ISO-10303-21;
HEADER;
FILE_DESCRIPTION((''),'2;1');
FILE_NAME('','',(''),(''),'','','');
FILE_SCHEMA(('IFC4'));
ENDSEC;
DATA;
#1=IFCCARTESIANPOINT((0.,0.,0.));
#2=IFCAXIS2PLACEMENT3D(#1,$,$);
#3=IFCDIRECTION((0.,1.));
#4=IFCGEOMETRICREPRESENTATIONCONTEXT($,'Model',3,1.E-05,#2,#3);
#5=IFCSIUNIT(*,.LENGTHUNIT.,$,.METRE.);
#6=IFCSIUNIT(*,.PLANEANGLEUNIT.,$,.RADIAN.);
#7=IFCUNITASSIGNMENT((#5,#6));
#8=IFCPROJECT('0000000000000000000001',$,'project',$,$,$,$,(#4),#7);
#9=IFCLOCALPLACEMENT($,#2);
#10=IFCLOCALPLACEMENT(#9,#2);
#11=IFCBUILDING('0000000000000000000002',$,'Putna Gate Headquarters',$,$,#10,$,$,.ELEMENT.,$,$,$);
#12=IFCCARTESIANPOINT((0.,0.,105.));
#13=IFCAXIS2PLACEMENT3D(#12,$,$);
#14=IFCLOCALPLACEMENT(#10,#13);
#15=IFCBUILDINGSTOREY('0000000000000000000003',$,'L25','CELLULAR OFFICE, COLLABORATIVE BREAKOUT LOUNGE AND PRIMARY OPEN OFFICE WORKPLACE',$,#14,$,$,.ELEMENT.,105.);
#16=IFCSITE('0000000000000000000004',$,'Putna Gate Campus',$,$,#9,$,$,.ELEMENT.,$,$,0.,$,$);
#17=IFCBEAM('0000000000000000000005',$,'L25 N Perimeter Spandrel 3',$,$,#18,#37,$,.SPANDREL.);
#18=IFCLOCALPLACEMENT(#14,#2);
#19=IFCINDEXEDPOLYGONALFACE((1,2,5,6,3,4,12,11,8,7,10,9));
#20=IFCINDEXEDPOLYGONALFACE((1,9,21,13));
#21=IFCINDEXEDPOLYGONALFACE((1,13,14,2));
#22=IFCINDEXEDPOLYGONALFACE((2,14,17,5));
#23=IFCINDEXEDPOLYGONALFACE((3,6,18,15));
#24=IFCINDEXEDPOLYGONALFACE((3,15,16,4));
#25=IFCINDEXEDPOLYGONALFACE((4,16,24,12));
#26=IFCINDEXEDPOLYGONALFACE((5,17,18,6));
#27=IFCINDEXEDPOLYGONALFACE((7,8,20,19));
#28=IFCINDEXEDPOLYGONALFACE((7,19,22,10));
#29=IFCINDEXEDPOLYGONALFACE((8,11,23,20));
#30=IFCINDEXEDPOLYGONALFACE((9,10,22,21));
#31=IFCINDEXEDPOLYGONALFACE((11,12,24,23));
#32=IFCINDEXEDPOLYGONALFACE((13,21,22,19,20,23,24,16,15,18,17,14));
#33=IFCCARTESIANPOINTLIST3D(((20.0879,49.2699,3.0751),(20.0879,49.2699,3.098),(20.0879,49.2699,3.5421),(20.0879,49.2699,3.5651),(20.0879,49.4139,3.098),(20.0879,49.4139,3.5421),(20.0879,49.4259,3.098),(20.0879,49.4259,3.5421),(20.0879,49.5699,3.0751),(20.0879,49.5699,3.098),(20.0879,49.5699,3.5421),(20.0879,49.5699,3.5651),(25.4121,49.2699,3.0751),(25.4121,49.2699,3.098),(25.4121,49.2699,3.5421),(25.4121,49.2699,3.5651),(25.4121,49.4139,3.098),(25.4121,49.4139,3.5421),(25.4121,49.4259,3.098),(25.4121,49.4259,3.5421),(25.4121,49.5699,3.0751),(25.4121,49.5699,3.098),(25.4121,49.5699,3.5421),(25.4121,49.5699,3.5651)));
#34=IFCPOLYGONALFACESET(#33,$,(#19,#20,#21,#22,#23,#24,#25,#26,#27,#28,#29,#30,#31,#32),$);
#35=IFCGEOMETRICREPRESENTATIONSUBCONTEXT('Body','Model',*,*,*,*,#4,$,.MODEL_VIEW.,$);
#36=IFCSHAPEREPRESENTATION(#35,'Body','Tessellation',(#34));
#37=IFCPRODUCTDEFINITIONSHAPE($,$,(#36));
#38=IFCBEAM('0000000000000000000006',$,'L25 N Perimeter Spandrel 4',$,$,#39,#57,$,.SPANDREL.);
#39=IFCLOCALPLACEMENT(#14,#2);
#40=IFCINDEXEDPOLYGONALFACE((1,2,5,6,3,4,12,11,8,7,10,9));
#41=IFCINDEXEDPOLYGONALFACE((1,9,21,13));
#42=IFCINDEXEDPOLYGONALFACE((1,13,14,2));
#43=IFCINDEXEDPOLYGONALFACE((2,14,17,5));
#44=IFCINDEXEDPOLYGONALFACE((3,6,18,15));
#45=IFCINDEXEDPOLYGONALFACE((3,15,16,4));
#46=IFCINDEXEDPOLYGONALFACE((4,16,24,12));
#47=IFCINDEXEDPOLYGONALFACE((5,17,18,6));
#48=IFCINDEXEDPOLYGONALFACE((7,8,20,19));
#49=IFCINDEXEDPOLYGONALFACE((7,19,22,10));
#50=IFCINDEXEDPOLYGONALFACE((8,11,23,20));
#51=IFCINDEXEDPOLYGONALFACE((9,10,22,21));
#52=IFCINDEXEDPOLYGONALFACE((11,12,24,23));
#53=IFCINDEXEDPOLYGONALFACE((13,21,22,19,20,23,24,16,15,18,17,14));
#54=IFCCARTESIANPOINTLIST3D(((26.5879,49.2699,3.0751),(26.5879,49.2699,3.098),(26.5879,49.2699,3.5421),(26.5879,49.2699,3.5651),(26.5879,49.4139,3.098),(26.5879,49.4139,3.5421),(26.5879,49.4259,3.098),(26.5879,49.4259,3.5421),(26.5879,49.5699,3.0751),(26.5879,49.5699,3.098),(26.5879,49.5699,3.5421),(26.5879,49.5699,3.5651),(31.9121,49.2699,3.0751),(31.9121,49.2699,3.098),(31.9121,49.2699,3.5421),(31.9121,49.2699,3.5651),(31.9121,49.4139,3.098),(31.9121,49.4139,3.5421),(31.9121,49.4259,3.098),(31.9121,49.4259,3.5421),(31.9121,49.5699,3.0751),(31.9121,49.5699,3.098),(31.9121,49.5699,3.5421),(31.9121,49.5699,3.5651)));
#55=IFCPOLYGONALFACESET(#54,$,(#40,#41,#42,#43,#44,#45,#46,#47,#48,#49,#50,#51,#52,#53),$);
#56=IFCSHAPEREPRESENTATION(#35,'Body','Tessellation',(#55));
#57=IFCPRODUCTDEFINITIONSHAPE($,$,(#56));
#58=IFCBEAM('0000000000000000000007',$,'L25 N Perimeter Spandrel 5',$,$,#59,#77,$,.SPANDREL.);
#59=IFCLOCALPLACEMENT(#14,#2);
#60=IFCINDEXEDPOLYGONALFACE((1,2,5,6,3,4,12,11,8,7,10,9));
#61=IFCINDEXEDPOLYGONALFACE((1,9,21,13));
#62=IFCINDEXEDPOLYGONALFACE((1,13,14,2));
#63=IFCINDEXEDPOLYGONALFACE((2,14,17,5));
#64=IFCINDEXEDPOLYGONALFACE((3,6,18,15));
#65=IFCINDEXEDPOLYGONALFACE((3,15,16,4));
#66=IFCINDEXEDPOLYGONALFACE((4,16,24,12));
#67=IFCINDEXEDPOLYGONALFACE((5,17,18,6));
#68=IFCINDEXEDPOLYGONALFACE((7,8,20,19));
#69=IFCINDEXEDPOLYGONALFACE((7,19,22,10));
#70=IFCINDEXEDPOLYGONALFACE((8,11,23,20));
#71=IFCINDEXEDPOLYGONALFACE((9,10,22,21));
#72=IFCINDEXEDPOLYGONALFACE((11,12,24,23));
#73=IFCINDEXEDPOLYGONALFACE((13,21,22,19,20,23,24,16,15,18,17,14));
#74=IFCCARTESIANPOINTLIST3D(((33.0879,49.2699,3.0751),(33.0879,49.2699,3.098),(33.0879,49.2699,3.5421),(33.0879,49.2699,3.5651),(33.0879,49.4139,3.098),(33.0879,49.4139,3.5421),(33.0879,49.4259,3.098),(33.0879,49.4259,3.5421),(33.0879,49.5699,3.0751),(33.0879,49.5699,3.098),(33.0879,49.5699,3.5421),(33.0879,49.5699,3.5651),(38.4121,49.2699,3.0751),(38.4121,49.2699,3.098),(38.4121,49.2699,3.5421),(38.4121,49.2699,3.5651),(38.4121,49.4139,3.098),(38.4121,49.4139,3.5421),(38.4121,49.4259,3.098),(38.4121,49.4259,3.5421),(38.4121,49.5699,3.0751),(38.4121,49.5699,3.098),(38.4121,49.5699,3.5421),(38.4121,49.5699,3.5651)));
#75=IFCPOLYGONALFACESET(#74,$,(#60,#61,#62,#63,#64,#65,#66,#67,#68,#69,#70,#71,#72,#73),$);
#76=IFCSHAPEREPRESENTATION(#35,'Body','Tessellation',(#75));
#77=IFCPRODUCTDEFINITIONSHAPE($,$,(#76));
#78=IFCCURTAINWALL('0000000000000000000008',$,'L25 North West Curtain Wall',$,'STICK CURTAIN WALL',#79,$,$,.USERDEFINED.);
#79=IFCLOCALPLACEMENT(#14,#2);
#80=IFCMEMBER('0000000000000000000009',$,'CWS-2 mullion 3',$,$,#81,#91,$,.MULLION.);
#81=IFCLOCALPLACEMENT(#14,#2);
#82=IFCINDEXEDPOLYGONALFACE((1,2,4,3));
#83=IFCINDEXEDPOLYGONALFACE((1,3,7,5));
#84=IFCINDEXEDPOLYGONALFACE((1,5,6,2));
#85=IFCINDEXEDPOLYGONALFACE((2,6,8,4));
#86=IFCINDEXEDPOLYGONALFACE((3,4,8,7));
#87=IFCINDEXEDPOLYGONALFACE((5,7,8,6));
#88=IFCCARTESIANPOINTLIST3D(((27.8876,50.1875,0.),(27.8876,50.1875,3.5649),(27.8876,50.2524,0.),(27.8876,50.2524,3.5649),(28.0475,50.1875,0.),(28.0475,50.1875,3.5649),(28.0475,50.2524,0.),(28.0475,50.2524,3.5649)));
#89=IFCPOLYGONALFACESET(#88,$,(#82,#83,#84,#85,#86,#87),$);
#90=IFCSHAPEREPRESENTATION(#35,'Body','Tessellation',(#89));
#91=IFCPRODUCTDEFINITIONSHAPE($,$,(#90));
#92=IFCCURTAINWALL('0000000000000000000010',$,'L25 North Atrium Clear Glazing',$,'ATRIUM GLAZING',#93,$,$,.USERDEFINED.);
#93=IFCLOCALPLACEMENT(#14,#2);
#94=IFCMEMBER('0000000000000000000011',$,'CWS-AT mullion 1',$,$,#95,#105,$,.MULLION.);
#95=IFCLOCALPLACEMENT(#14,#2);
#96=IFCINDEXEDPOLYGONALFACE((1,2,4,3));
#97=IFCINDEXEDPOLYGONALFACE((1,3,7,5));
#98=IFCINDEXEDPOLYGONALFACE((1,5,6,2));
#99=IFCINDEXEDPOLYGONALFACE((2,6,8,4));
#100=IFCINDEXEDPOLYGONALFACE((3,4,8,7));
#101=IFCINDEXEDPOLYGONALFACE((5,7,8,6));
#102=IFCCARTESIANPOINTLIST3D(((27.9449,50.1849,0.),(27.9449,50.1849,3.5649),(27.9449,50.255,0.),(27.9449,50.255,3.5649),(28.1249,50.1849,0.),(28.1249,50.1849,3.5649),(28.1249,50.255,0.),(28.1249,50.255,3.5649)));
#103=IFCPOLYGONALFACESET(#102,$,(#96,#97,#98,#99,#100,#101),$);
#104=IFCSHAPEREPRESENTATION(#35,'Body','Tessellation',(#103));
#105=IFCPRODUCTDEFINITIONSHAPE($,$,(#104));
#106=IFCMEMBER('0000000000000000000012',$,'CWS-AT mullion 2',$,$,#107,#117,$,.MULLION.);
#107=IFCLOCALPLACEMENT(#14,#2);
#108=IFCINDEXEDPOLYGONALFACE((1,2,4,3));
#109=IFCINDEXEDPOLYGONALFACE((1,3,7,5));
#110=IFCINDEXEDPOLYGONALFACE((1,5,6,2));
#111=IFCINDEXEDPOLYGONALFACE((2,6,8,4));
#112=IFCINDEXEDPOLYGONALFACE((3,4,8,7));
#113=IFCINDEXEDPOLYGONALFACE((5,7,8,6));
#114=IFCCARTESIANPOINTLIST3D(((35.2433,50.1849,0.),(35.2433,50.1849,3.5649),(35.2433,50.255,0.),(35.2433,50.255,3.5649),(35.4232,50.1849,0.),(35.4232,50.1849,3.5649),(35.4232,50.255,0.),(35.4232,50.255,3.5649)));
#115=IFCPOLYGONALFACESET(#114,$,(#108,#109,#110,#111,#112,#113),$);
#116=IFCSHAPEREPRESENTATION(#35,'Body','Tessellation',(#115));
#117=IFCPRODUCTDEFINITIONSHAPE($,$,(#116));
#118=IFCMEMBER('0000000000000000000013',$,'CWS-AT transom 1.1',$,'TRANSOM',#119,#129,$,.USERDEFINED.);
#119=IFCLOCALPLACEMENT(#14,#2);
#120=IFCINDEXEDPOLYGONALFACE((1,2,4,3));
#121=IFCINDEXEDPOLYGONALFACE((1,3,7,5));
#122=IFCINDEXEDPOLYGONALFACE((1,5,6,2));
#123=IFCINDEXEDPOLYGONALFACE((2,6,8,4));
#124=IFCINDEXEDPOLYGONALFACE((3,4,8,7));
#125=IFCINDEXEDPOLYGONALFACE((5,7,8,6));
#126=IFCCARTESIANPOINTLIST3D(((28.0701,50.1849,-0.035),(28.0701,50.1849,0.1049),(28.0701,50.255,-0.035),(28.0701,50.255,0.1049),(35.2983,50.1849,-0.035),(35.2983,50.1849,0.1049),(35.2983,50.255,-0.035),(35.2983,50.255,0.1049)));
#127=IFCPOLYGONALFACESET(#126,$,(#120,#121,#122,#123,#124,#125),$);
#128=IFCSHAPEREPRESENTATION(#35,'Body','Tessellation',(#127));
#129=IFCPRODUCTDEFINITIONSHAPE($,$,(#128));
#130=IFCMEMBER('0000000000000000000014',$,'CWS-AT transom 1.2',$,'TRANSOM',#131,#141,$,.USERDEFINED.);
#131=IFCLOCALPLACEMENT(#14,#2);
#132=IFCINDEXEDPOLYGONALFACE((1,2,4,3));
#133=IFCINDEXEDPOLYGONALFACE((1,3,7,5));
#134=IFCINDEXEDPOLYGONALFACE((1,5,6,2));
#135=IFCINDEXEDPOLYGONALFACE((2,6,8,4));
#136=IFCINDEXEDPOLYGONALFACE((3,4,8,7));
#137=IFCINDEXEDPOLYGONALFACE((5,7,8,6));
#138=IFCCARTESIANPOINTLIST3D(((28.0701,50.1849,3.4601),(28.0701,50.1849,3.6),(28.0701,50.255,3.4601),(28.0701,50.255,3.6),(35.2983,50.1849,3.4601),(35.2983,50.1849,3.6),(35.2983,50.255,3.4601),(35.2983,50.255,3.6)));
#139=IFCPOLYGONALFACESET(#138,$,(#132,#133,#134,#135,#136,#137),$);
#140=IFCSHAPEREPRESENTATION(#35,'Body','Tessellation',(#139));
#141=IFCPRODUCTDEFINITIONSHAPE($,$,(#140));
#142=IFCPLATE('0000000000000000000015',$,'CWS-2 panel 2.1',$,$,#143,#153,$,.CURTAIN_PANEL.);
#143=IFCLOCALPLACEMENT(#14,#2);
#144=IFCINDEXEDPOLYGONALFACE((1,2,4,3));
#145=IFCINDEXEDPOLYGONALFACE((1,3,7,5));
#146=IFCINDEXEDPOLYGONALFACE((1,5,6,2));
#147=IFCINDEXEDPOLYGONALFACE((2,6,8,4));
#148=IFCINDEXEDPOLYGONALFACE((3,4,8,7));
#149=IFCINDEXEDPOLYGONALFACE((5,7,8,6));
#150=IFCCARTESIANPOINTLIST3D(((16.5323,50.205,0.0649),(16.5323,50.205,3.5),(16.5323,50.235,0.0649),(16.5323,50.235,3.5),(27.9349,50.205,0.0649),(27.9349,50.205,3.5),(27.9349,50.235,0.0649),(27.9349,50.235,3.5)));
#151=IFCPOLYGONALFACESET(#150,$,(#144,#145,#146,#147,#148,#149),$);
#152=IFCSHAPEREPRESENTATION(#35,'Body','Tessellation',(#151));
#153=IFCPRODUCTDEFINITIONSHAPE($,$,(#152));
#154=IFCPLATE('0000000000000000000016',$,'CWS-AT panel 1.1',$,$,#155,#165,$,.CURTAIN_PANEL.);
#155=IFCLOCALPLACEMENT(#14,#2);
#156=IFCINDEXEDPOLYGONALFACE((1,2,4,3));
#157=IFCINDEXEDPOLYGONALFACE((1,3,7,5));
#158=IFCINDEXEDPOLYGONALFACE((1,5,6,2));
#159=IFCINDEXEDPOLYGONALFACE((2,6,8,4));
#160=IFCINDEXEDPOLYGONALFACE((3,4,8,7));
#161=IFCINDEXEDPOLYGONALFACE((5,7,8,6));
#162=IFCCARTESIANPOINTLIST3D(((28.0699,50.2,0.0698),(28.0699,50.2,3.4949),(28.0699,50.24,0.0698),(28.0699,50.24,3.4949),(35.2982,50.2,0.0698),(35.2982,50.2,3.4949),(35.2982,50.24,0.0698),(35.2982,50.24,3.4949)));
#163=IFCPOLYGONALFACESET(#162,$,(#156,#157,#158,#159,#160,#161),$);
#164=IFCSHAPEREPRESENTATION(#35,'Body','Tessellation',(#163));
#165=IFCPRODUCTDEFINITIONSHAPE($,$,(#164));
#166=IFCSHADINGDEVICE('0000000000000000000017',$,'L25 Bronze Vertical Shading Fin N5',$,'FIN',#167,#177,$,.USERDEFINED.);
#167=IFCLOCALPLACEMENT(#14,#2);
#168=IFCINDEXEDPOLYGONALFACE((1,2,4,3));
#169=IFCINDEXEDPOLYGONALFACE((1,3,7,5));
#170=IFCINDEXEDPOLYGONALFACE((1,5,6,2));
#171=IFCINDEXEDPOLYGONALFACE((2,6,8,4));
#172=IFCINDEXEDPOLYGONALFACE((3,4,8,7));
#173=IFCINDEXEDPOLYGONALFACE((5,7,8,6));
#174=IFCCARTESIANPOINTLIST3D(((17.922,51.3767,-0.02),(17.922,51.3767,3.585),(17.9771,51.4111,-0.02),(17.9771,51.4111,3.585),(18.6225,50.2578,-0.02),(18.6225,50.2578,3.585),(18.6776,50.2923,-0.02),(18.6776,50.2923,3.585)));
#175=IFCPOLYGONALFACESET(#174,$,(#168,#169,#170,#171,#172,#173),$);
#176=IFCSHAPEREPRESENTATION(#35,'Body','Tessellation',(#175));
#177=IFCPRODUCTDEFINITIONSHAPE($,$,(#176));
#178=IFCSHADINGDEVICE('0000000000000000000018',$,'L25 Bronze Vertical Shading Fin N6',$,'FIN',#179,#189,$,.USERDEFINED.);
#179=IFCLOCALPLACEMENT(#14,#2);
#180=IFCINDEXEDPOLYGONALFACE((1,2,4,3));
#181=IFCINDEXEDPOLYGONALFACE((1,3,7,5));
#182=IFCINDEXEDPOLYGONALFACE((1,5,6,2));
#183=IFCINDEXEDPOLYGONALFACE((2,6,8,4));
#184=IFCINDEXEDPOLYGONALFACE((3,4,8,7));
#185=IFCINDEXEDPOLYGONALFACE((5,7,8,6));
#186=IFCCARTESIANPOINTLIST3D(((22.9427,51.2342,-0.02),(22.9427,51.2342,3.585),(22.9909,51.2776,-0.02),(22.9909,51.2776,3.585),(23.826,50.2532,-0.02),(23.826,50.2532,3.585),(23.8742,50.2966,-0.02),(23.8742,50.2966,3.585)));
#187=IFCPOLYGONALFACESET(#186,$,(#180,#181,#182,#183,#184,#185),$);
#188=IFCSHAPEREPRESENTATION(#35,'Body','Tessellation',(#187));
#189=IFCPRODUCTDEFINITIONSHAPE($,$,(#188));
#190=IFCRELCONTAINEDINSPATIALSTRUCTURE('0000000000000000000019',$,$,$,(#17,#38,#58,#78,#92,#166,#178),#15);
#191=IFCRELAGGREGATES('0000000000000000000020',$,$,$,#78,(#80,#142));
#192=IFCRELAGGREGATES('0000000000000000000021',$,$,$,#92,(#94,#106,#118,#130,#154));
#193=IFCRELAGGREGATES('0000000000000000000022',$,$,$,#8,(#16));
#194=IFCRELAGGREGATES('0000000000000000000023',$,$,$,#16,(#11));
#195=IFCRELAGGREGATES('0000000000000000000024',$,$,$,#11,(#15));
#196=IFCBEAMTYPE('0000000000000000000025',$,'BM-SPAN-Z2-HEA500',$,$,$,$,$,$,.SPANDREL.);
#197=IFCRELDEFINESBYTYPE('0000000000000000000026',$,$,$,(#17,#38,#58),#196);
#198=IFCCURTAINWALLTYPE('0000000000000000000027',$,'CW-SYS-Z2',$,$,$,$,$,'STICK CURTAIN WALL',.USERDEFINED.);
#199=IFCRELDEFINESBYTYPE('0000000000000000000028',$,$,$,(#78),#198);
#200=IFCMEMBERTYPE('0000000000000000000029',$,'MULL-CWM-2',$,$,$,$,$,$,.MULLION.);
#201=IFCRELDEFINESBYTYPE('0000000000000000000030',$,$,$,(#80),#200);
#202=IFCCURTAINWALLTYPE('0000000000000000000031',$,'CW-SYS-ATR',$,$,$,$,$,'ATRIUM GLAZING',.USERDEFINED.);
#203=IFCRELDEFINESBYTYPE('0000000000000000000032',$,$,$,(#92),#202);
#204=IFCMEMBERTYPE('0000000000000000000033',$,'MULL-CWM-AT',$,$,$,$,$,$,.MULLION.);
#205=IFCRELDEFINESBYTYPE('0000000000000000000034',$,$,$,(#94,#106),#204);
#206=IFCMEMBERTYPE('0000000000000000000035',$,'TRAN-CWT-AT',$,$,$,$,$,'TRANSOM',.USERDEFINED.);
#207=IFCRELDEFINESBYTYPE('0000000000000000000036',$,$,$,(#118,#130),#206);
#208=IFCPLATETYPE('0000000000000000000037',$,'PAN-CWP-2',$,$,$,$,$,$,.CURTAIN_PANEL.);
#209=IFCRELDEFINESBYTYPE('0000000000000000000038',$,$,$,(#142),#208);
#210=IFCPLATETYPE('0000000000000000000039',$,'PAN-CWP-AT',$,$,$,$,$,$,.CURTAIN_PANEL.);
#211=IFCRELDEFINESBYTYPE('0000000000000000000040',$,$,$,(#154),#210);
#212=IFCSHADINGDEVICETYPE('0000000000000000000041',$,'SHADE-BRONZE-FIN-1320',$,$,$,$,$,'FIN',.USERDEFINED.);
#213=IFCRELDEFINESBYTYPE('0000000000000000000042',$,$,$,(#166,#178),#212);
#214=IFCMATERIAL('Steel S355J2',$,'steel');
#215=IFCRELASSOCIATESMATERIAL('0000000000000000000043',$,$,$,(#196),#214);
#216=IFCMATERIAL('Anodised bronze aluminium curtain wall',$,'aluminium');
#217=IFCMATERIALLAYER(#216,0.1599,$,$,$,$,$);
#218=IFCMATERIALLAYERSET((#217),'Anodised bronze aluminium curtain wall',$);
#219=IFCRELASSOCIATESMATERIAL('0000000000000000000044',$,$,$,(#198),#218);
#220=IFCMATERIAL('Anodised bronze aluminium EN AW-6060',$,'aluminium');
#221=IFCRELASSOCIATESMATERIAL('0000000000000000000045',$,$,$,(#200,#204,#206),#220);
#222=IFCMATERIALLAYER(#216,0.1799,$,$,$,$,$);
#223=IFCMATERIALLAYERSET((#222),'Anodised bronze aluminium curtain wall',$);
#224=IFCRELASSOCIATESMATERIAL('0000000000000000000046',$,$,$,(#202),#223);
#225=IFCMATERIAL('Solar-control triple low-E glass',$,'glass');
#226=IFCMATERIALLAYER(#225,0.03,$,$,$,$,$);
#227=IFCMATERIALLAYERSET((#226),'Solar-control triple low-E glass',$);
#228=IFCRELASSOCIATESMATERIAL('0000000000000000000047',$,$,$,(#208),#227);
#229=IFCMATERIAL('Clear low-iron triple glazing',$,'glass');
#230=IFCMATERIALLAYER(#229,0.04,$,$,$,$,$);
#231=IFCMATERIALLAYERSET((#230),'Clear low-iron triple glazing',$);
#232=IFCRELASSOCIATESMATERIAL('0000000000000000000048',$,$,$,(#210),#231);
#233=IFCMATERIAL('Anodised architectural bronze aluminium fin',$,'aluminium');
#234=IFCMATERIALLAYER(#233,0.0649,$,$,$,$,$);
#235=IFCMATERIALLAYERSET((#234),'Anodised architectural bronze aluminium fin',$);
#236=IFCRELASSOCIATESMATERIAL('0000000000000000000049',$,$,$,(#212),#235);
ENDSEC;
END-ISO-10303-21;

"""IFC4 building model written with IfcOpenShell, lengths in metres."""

from ifc_helpers import new_model, si_unit, direction, frame, origin, origin_2d, place, context, subcontext, project, spatial, rectangle, i_section, extrude, material, layer, layer_set, material_profile, profile_set, type_object, element, aggregate, save


model = new_model("IFC4")

# Units and contexts
model_context = context("Model", 3, precision=1e-05, world=origin(), true_north=direction((0.0, 1.0)))
body_context = subcontext(model_context, "Body", "Model", "MODEL_VIEW")
ifc_project = project(units=[si_unit("LENGTHUNIT", "METRE"), si_unit("PLANEANGLEUNIT", "RADIAN")], contexts=[model_context])

# Site, building, storey
site_placement = place(None, origin())
site = spatial("IfcSite", under=ifc_project, at=site_placement, Name="Putna Gate Campus", CompositionType="ELEMENT", RefElevation=0.0)
building_placement = place(site_placement, origin())
building = spatial("IfcBuilding", under=site, at=building_placement, Name="Putna Gate Headquarters", CompositionType="ELEMENT")
storey_placement = place(building_placement, frame((0.0, 0.0, 105.0)))
storey = spatial("IfcBuildingStorey", under=building, at=storey_placement, Name="L25", Description="CELLULAR OFFICE, COLLABORATIVE BREAKOUT LOUNGE AND PRIMARY OPEN OFFICE WORKPLACE", CompositionType="ELEMENT", Elevation=105.0)

# Beams
ifc_material_1 = material(Name="Steel S355J2", Category="steel")
ifc_material_profile_1 = material_profile(ifc_material_1, i_section(OverallWidth=0.3, OverallDepth=0.49, WebThickness=0.012, FlangeThickness=0.0229, at=origin_2d()), Name="Steel S355J2")
ifc_profile_set_1 = profile_set([ifc_material_profile_1], Name="Steel S355J2")
beam_type_1 = type_object("IfcBeamType", Name="BM-SPAN-Z2-HEA500", PredefinedType="SPANDREL", material=ifc_profile_set_1)
for number, where, z_axis, x_axis, name in (
    (1, (20.0879, 49.4199, 3.3201), (1.0, 0.0, 0.0), (0.0, 1.0, 0.0), "L25 N Perimeter Spandrel 3"),
    (2, (26.5879, 49.4199, 3.3201), (1.0, 0.0, 0.0), (0.0, 1.0, 0.0), "L25 N Perimeter Spandrel 4"),
    (3, (33.0879, 49.4199, 3.3201), (1.0, 0.0, 0.0), (0.0, 1.0, 0.0), "L25 N Perimeter Spandrel 5"),
):
    element("IfcBeam", number, at=place(storey_placement, frame(where, z_axis=z_axis, x_axis=x_axis)), inside=storey, type_object=beam_type_1, Name=name, PredefinedType="SPANDREL", context=body_context, shape_type="SweptSolid", body=[
        extrude(i_section(OverallWidth=0.3, OverallDepth=0.49, WebThickness=0.012, FlangeThickness=0.0229, at=origin_2d()), origin(), (0.0, 0.0, 1.0), 5.3242),
    ])

# Curtain wall, member
ifc_material_2 = material(Name="Anodised bronze aluminium curtain wall", Category="aluminium")
ifc_layer_1 = layer(ifc_material_2, 0.1599)
ifc_layer_set_1 = layer_set([ifc_layer_1], Name="Anodised bronze aluminium curtain wall")
curtain_wall_type_1 = type_object("IfcCurtainWallType", Name="CW-SYS-Z2", ElementType="STICK CURTAIN WALL", PredefinedType="USERDEFINED", material=ifc_layer_set_1)
curtain_wall_1_placement = place(storey_placement, origin())
curtain_wall_1 = element("IfcCurtainWall", 4, at=curtain_wall_1_placement, inside=storey, type_object=curtain_wall_type_1, Name="L25 North West Curtain Wall", ObjectType="STICK CURTAIN WALL", PredefinedType="USERDEFINED")
ifc_material_3 = material(Name="Anodised bronze aluminium EN AW-6060", Category="aluminium")
ifc_material_profile_2 = material_profile(ifc_material_3, rectangle(XDim=0.0649, YDim=0.1599, at=origin_2d()), Name="Anodised bronze aluminium EN AW-6060")
ifc_profile_set_2 = profile_set([ifc_material_profile_2], Name="Anodised bronze aluminium EN AW-6060")
member_type_1 = type_object("IfcMemberType", Name="MULL-CWM-2", PredefinedType="MULLION", material=ifc_profile_set_2)
member_1_placement = place(storey_placement, frame((27.9675, 50.22, 0.0), z_axis=(0.0, 0.0, 1.0), x_axis=(0.0, 1.0, 0.0)))
member_1 = element("IfcMember", 5, at=member_1_placement, type_object=member_type_1, Name="CWS-2 mullion 3", PredefinedType="MULLION", context=body_context, shape_type="SweptSolid", body=[
    extrude(rectangle(XDim=0.0649, YDim=0.1599, at=origin_2d()), origin(), (0.0, 0.0, 1.0), 3.5649),
])

# Curtain wall, members
ifc_layer_2 = layer(ifc_material_2, 0.1799)
ifc_layer_set_2 = layer_set([ifc_layer_2], Name="Anodised bronze aluminium curtain wall")
curtain_wall_type_2 = type_object("IfcCurtainWallType", Name="CW-SYS-ATR", ElementType="ATRIUM GLAZING", PredefinedType="USERDEFINED", material=ifc_layer_set_2)
curtain_wall_2_placement = place(storey_placement, origin())
curtain_wall_2 = element("IfcCurtainWall", 6, at=curtain_wall_2_placement, inside=storey, type_object=curtain_wall_type_2, Name="L25 North Atrium Clear Glazing", ObjectType="ATRIUM GLAZING", PredefinedType="USERDEFINED")
ifc_material_profile_3 = material_profile(ifc_material_3, rectangle(XDim=0.0701, YDim=0.1799, at=origin_2d()), Name="Anodised bronze aluminium EN AW-6060")
ifc_profile_set_3 = profile_set([ifc_material_profile_3], Name="Anodised bronze aluminium EN AW-6060")
member_type_2 = type_object("IfcMemberType", Name="MULL-CWM-AT", PredefinedType="MULLION", material=ifc_profile_set_3)
member_2_placement = place(storey_placement, frame((28.0349, 50.22, 0.0), z_axis=(0.0, 0.0, 1.0), x_axis=(0.0, 1.0, 0.0)))
member_2 = element("IfcMember", 7, at=member_2_placement, type_object=member_type_2, Name="CWS-AT mullion 1", PredefinedType="MULLION", context=body_context, shape_type="SweptSolid", body=[
    extrude(rectangle(XDim=0.0701, YDim=0.1799, at=origin_2d()), origin(), (0.0, 0.0, 1.0), 3.5649),
])
member_3_placement = place(storey_placement, frame((35.3333, 50.22, 0.0), z_axis=(0.0, 0.0, 1.0), x_axis=(0.0, 1.0, 0.0)))
member_3 = element("IfcMember", 8, at=member_3_placement, type_object=member_type_2, Name="CWS-AT mullion 2", PredefinedType="MULLION", context=body_context, shape_type="SweptSolid", body=[
    extrude(rectangle(XDim=0.0701, YDim=0.1799, at=origin_2d()), origin(), (0.0, 0.0, 1.0), 3.5649),
])
ifc_material_profile_4 = material_profile(ifc_material_3, rectangle(XDim=0.0701, YDim=0.1399, at=origin_2d()), Name="Anodised bronze aluminium EN AW-6060")
ifc_profile_set_4 = profile_set([ifc_material_profile_4], Name="Anodised bronze aluminium EN AW-6060")
member_type_3 = type_object("IfcMemberType", Name="TRAN-CWT-AT", ElementType="TRANSOM", PredefinedType="USERDEFINED", material=ifc_profile_set_4)
member_4_placement = place(storey_placement, frame((28.0701, 50.22, 0.0349), z_axis=(1.0, 0.0, 0.0), x_axis=(0.0, 1.0, 0.0)))
member_4 = element("IfcMember", 9, at=member_4_placement, type_object=member_type_3, Name="CWS-AT transom 1.1", ObjectType="TRANSOM", PredefinedType="USERDEFINED", context=body_context, shape_type="SweptSolid", body=[
    extrude(rectangle(XDim=0.0701, YDim=0.1399, at=origin_2d()), origin(), (0.0, 0.0, 1.0), 7.2283),
])
member_5_placement = place(storey_placement, frame((28.0701, 50.22, 3.53), z_axis=(1.0, 0.0, 0.0), x_axis=(0.0, 1.0, 0.0)))
member_5 = element("IfcMember", 10, at=member_5_placement, type_object=member_type_3, Name="CWS-AT transom 1.2", ObjectType="TRANSOM", PredefinedType="USERDEFINED", context=body_context, shape_type="SweptSolid", body=[
    extrude(rectangle(XDim=0.0701, YDim=0.1399, at=origin_2d()), origin(), (0.0, 0.0, 1.0), 7.2283),
])

# Plates
ifc_material_4 = material(Name="Solar-control triple low-E glass", Category="glass")
ifc_layer_3 = layer(ifc_material_4, 0.03)
ifc_layer_set_3 = layer_set([ifc_layer_3], Name="Solar-control triple low-E glass")
plate_type_1 = type_object("IfcPlateType", Name="PAN-CWP-2", PredefinedType="CURTAIN_PANEL", material=ifc_layer_set_3)
plate_1_placement = place(storey_placement, frame((22.2336, 50.22, 0.0649), z_axis=(0.0, 0.0, 1.0), x_axis=(1.0, 0.0, 0.0)))
plate_1 = element("IfcPlate", 11, at=plate_1_placement, type_object=plate_type_1, Name="CWS-2 panel 2.1", PredefinedType="CURTAIN_PANEL", context=body_context, shape_type="SweptSolid", body=[
    extrude(rectangle(XDim=11.4026, YDim=0.03, at=origin_2d()), origin(), (0.0, 0.0, 1.0), 3.4351),
])
aggregate(curtain_wall_1, [member_1, plate_1])
ifc_material_5 = material(Name="Clear low-iron triple glazing", Category="glass")
ifc_layer_4 = layer(ifc_material_5, 0.04)
ifc_layer_set_4 = layer_set([ifc_layer_4], Name="Clear low-iron triple glazing")
plate_type_2 = type_object("IfcPlateType", Name="PAN-CWP-AT", PredefinedType="CURTAIN_PANEL", material=ifc_layer_set_4)
plate_2_placement = place(storey_placement, frame((31.6841, 50.22, 0.0698), z_axis=(0.0, 0.0, 1.0), x_axis=(1.0, 0.0, 0.0)))
plate_2 = element("IfcPlate", 12, at=plate_2_placement, type_object=plate_type_2, Name="CWS-AT panel 1.1", PredefinedType="CURTAIN_PANEL", context=body_context, shape_type="SweptSolid", body=[
    extrude(rectangle(XDim=7.2283, YDim=0.04, at=origin_2d()), origin(), (0.0, 0.0, 1.0), 3.425),
])
aggregate(curtain_wall_2, [member_2, member_3, member_4, member_5, plate_2])

# Shading devices
ifc_material_6 = material(Name="Anodised architectural bronze aluminium fin", Category="aluminium")
ifc_layer_5 = layer(ifc_material_6, 0.0649)
ifc_layer_set_5 = layer_set([ifc_layer_5], Name="Anodised architectural bronze aluminium fin")
shading_device_type = type_object("IfcShadingDeviceType", Name="SHADE-BRONZE-FIN-1320", ElementType="FIN", PredefinedType="USERDEFINED", material=ifc_layer_set_5)
for number, where, z_axis, x_axis, name in (
    (13, (18.2998, 50.8345, -0.02), (0.0, 0.0, 1.0), (-0.530659, 0.847585, 0.0), "L25 Bronze Vertical Shading Fin N5"),
    (14, (23.4084, 50.7654, -0.02), (0.0, 0.0, 1.0), (-0.669131, 0.743145, 0.0), "L25 Bronze Vertical Shading Fin N6"),
):
    element("IfcShadingDevice", number, at=place(storey_placement, frame(where, z_axis=z_axis, x_axis=x_axis)), inside=storey, type_object=shading_device_type, Name=name, ObjectType="FIN", PredefinedType="USERDEFINED", context=body_context, shape_type="SweptSolid", body=[
        extrude(rectangle(XDim=1.3201, YDim=0.0649, at=origin_2d()), origin(), (0.0, 0.0, 1.0), 3.605),
    ])

save(model, "model.ifc")
